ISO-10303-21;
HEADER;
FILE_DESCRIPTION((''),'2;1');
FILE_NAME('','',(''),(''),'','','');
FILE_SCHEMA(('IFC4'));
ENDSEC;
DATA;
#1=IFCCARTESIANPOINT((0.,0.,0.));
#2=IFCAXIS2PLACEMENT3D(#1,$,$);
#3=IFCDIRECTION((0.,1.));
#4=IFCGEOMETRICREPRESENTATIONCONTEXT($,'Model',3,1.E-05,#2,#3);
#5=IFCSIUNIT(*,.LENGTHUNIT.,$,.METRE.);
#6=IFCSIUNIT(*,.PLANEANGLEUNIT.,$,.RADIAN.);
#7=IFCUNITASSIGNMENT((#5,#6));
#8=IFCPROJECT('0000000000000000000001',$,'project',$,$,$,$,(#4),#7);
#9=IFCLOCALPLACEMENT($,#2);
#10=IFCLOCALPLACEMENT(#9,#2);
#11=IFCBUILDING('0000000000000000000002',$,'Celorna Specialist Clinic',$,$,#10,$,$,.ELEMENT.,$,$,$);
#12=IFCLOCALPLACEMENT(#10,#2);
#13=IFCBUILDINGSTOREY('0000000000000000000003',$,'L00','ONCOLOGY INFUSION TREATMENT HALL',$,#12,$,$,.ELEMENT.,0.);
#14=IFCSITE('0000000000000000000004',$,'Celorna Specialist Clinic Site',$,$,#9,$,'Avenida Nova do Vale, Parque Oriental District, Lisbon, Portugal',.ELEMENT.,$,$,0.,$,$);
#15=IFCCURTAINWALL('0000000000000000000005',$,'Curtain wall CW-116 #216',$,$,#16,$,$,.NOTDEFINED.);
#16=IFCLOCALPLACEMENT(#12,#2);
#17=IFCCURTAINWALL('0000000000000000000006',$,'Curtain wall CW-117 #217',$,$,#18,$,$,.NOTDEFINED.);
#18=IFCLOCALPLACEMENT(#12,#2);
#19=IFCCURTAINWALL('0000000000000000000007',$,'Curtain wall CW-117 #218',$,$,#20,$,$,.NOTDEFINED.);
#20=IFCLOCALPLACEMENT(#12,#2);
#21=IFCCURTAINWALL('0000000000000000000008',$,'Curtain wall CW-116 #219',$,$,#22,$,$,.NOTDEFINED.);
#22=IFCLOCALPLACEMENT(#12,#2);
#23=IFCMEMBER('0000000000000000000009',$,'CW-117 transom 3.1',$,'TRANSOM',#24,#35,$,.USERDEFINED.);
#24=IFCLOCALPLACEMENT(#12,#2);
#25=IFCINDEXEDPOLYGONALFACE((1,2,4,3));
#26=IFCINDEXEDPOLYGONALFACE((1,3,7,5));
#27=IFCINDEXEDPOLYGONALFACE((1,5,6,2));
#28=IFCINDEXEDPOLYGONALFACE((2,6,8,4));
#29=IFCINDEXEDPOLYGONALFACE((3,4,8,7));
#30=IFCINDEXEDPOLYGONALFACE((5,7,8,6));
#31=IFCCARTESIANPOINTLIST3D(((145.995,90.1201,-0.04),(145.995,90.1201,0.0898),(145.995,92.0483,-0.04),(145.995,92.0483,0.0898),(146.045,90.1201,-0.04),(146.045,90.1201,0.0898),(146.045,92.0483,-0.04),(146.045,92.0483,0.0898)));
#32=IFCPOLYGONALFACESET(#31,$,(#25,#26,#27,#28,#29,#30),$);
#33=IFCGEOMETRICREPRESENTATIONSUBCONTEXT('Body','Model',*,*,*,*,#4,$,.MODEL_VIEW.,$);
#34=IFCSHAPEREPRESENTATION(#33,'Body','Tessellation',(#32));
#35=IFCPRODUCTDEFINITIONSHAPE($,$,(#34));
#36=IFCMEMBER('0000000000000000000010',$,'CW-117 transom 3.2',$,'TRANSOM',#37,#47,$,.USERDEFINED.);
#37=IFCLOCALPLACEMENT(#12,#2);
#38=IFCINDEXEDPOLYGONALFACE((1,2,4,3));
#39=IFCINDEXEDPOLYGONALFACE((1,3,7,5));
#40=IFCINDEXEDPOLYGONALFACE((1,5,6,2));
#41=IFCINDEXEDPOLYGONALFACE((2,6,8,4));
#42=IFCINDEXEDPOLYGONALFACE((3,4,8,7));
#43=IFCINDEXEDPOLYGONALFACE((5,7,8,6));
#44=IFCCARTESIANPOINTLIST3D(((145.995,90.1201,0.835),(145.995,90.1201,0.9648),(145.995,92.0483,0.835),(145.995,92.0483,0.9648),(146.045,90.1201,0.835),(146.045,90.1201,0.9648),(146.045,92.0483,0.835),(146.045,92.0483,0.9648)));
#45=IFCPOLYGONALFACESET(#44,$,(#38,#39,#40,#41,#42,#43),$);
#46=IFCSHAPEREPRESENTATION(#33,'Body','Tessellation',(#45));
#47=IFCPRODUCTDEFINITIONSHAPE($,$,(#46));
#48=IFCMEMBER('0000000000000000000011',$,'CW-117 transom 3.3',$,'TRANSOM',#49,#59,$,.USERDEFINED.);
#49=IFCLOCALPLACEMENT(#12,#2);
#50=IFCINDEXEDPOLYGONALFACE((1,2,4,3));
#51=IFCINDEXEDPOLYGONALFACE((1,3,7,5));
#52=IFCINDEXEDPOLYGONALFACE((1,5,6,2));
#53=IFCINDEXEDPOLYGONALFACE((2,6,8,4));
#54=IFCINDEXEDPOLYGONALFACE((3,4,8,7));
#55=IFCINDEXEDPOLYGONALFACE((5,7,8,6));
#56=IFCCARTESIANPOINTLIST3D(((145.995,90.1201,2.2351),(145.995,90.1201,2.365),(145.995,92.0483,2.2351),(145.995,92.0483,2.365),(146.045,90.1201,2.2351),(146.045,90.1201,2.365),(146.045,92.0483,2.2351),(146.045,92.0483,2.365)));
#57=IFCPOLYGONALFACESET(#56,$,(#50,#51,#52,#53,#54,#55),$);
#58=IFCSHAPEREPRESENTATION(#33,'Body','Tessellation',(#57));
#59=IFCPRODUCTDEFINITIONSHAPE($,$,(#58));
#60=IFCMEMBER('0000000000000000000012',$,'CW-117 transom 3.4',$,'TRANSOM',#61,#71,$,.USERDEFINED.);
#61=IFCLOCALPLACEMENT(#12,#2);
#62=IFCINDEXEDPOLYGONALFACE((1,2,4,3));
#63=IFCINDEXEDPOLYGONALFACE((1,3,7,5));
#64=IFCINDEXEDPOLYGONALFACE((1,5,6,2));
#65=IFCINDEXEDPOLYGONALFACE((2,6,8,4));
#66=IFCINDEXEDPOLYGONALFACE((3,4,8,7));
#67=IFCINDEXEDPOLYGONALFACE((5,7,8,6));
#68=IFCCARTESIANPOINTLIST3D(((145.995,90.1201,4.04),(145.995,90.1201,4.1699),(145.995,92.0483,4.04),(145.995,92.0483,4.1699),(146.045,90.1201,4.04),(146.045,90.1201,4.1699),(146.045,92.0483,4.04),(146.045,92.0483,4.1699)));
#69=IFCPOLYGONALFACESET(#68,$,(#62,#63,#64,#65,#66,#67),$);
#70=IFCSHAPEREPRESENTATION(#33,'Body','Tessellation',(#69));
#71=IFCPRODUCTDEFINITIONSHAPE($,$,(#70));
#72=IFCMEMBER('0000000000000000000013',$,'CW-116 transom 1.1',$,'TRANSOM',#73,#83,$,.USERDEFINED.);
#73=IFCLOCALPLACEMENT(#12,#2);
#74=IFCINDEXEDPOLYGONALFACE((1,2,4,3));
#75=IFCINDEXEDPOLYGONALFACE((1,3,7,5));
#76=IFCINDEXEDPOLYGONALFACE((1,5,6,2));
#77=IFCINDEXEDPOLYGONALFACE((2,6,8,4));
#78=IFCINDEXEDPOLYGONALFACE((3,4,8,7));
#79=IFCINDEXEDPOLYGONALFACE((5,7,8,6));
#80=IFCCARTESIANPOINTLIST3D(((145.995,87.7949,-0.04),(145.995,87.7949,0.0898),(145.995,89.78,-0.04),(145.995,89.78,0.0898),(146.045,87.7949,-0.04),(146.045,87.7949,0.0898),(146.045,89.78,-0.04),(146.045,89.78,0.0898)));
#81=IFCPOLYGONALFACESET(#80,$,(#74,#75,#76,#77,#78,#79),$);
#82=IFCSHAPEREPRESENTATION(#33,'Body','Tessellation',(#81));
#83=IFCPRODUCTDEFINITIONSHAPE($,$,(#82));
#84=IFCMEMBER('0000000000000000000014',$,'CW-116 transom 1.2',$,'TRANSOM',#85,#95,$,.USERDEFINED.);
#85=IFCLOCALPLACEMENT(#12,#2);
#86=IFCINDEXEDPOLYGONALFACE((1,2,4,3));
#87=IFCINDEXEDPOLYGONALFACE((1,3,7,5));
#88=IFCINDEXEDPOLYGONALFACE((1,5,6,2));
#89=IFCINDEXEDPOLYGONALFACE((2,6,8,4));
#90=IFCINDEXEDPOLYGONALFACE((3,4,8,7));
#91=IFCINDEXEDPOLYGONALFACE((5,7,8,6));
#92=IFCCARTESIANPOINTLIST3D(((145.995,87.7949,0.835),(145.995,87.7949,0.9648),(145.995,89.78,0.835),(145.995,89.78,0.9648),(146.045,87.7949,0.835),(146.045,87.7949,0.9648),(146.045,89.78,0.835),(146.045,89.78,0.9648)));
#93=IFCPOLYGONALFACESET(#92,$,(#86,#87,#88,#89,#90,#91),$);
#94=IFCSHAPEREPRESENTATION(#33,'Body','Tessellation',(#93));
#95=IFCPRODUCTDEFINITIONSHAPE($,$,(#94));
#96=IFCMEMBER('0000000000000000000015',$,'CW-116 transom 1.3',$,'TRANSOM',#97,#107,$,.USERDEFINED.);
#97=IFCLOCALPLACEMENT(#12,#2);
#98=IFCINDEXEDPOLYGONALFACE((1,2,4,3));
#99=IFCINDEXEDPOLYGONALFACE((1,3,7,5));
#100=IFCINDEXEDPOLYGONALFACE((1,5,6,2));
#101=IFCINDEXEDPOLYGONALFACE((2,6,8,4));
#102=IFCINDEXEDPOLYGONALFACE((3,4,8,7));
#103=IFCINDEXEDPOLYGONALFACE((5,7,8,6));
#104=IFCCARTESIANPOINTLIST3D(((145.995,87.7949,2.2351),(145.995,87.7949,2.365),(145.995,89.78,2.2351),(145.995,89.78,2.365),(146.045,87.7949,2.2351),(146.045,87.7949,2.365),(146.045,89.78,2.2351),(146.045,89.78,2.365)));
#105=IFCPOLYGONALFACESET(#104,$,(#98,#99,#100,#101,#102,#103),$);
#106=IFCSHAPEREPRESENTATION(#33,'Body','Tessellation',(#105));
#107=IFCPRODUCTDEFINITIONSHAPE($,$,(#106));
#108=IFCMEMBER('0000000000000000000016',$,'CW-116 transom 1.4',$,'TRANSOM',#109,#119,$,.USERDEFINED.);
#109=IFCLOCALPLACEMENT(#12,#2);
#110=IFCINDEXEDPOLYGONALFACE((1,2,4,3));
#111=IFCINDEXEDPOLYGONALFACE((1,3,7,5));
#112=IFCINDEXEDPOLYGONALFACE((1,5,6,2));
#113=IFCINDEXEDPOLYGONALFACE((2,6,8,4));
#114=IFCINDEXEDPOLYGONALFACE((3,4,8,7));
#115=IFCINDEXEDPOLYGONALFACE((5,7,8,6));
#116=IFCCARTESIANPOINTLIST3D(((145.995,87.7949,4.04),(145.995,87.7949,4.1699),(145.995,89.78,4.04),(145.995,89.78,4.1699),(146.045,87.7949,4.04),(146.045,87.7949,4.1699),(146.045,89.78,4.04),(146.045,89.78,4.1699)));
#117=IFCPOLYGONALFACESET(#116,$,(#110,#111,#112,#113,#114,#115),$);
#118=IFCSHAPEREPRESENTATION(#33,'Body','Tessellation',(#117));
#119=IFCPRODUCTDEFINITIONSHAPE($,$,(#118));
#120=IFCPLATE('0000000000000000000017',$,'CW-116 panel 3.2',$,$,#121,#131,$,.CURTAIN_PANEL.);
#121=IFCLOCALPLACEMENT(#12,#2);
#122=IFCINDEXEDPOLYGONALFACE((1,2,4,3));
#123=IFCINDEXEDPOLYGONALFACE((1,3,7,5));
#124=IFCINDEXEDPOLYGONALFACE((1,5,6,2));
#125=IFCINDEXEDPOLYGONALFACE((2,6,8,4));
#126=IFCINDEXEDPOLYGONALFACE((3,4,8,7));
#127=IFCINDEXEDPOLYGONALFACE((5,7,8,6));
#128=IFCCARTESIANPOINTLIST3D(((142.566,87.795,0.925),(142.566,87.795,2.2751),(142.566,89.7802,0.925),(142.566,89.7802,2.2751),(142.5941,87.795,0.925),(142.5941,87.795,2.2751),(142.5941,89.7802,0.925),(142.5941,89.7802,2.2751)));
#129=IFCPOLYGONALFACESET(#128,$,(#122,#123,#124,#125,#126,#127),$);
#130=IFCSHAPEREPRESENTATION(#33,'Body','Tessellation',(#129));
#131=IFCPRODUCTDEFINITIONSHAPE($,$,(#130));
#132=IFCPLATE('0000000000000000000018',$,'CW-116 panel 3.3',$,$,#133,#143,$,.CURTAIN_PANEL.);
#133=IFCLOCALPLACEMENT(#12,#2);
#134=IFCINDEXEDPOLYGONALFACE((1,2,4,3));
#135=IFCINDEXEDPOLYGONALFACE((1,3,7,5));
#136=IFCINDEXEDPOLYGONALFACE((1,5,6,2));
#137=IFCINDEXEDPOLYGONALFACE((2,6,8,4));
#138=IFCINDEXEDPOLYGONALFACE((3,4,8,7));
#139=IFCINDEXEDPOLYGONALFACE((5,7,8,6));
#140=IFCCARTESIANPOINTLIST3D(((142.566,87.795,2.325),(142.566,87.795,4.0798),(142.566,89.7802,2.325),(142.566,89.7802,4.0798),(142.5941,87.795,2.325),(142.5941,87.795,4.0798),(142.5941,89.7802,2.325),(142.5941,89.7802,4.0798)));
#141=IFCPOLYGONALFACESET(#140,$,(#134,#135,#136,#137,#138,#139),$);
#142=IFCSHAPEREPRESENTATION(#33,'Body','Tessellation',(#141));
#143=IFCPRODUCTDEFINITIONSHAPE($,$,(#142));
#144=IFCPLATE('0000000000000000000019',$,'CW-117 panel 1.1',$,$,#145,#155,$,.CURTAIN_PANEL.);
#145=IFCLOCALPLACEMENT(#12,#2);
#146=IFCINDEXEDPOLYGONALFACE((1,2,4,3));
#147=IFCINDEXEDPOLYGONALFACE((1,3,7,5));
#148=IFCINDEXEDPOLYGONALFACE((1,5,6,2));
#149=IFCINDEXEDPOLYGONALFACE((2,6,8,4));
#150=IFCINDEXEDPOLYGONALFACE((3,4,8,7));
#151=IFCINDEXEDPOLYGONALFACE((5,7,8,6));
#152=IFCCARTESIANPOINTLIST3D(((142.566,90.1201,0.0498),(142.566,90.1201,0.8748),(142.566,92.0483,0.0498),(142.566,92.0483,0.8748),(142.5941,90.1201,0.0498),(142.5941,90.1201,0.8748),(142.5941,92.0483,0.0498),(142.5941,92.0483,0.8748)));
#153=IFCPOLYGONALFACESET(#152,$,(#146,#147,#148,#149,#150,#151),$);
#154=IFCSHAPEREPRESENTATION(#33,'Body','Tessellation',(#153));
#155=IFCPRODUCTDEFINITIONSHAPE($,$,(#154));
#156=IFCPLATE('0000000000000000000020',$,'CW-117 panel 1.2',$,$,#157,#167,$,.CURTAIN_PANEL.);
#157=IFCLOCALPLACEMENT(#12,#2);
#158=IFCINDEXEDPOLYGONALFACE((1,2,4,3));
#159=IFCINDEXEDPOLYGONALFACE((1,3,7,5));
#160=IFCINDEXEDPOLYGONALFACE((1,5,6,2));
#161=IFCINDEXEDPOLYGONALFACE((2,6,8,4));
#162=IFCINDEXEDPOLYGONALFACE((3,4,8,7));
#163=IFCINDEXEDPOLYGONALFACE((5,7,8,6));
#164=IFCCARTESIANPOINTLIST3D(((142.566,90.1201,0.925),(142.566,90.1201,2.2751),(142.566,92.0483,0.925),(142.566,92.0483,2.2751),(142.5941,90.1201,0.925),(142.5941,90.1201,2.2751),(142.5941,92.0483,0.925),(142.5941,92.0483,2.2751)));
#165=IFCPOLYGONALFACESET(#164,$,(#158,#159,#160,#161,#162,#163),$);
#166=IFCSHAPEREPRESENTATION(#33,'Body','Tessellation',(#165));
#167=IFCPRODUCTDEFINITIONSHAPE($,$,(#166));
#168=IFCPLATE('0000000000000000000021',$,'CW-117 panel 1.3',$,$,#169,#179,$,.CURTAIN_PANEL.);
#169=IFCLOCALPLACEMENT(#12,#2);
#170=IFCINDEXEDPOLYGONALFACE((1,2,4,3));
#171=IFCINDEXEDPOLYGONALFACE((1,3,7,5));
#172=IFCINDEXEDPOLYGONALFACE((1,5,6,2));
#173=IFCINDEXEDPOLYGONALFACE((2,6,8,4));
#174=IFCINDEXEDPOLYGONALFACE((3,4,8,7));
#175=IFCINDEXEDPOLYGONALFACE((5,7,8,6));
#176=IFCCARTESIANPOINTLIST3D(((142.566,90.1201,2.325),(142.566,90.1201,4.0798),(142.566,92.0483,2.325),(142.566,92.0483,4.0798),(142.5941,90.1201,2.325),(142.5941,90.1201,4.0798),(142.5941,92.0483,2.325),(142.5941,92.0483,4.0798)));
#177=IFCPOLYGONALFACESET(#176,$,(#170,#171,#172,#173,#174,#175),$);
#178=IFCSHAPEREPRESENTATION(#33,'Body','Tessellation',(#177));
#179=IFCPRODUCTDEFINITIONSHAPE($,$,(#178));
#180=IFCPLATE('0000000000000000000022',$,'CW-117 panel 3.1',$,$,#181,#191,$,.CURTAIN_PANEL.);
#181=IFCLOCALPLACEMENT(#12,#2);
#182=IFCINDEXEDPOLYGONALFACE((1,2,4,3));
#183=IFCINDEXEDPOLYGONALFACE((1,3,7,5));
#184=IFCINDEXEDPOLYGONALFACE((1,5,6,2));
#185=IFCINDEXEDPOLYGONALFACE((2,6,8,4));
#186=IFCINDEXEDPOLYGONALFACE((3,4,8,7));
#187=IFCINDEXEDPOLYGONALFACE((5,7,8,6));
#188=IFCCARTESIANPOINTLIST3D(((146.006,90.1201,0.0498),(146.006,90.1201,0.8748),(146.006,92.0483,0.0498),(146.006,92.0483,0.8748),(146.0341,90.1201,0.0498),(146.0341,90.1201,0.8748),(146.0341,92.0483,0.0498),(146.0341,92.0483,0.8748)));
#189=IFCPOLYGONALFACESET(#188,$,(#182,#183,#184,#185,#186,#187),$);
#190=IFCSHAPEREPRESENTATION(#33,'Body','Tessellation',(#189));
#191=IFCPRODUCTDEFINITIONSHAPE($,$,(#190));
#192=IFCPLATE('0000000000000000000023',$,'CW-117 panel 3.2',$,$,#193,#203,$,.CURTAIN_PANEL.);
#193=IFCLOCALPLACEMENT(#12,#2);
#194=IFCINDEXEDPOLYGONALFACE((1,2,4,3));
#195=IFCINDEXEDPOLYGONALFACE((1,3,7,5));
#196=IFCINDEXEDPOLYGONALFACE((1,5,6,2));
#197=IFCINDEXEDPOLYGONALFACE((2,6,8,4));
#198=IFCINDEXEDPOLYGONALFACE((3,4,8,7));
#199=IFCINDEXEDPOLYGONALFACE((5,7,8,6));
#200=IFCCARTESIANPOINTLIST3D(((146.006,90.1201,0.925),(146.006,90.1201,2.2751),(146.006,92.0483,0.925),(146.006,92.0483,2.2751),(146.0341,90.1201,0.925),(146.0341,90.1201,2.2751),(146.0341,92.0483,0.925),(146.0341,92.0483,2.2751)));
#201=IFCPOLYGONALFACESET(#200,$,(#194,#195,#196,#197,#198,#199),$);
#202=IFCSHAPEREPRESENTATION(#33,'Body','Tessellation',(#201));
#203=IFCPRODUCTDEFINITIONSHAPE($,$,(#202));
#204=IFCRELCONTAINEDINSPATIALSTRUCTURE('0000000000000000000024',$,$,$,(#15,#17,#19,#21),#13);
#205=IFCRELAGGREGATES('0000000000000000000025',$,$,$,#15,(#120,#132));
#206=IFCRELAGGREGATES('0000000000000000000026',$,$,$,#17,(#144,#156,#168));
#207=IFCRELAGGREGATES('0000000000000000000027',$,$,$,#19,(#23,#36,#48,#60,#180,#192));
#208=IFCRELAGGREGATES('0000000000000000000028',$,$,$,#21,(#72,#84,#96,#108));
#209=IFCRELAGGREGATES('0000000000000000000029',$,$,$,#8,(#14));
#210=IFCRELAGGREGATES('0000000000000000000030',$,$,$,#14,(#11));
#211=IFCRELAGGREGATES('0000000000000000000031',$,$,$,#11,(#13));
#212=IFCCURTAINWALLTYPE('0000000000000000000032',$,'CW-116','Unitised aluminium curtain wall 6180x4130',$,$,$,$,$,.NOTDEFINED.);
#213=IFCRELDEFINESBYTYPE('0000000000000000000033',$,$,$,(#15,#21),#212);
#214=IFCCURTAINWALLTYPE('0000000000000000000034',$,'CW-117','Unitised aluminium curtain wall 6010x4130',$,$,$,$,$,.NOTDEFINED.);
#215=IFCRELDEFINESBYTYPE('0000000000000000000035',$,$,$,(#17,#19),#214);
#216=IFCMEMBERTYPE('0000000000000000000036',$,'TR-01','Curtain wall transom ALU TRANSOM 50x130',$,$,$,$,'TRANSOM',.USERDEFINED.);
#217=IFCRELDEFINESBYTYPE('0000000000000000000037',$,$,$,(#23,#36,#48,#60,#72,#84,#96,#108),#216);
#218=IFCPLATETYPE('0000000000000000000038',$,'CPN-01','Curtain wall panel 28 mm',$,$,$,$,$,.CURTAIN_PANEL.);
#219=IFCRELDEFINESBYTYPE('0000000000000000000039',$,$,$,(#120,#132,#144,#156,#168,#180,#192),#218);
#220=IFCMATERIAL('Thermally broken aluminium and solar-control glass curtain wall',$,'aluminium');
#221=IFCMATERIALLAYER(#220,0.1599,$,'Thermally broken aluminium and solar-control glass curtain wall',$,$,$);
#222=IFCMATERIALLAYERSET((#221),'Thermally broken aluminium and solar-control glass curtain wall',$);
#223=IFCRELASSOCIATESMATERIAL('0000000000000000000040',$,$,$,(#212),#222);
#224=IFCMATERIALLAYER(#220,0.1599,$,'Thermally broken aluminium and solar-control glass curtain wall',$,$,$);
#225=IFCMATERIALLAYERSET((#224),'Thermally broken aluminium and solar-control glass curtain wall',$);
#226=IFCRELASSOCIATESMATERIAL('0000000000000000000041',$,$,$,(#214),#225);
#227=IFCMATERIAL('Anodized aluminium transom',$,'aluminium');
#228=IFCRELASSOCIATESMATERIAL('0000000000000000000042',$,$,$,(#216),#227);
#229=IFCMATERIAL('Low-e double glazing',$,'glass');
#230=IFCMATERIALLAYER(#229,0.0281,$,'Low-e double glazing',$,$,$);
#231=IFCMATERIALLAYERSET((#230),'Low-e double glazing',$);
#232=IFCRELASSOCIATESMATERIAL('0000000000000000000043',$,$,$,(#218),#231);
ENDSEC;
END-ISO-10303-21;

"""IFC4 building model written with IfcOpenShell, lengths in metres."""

from ifc_helpers import new_model, si_unit, direction, frame, origin, origin_2d, place, context, subcontext, project, spatial, rectangle, extrude, material, layer, layer_set, material_profile, profile_set, type_object, element, aggregate, save


model = new_model("IFC4")

# Units and contexts
model_context = context("Model", 3, precision=1e-05, world=origin(), true_north=direction((0.0, 1.0)))
body_context = subcontext(model_context, "Body", "Model", "MODEL_VIEW")
ifc_project = project(units=[si_unit("LENGTHUNIT", "METRE"), si_unit("PLANEANGLEUNIT", "RADIAN")], contexts=[model_context])

# Site, building, storey
site_placement = place(None, origin())
site = spatial("IfcSite", under=ifc_project, at=site_placement, Name="Celorna Specialist Clinic Site", LongName="Avenida Nova do Vale, Parque Oriental District, Lisbon, Portugal", CompositionType="ELEMENT", RefElevation=0.0)
building_placement = place(site_placement, origin())
building = spatial("IfcBuilding", under=site, at=building_placement, Name="Celorna Specialist Clinic", CompositionType="ELEMENT")
storey_placement = place(building_placement, origin())
storey = spatial("IfcBuildingStorey", under=building, at=storey_placement, Name="L00", Description="ONCOLOGY INFUSION TREATMENT HALL", CompositionType="ELEMENT", Elevation=0.0)

# Curtain walls
ifc_material_1 = material(Name="Thermally broken aluminium and solar-control glass curtain wall", Category="aluminium")
ifc_layer_1 = layer(ifc_material_1, 0.1599, Name="Thermally broken aluminium and solar-control glass curtain wall")
ifc_layer_set_1 = layer_set([ifc_layer_1], Name="Thermally broken aluminium and solar-control glass curtain wall")
curtain_wall_type_1 = type_object("IfcCurtainWallType", Name="CW-116", Description="Unitised aluminium curtain wall 6180x4130", PredefinedType="NOTDEFINED", material=ifc_layer_set_1)
curtain_wall_1_placement = place(storey_placement, origin())
curtain_wall_1 = element("IfcCurtainWall", 1, at=curtain_wall_1_placement, inside=storey, type_object=curtain_wall_type_1, Name="Curtain wall CW-116 #216", PredefinedType="NOTDEFINED")
ifc_layer_2 = layer(ifc_material_1, 0.1599, Name="Thermally broken aluminium and solar-control glass curtain wall")
ifc_layer_set_2 = layer_set([ifc_layer_2], Name="Thermally broken aluminium and solar-control glass curtain wall")
curtain_wall_type_2 = type_object("IfcCurtainWallType", Name="CW-117", Description="Unitised aluminium curtain wall 6010x4130", PredefinedType="NOTDEFINED", material=ifc_layer_set_2)
curtain_wall_2_placement = place(storey_placement, origin())
curtain_wall_2 = element("IfcCurtainWall", 2, at=curtain_wall_2_placement, inside=storey, type_object=curtain_wall_type_2, Name="Curtain wall CW-117 #217", PredefinedType="NOTDEFINED")
curtain_wall_3_placement = place(storey_placement, origin())
curtain_wall_3 = element("IfcCurtainWall", 3, at=curtain_wall_3_placement, inside=storey, type_object=curtain_wall_type_2, Name="Curtain wall CW-117 #218", PredefinedType="NOTDEFINED")
curtain_wall_4_placement = place(storey_placement, origin())
curtain_wall_4 = element("IfcCurtainWall", 4, at=curtain_wall_4_placement, inside=storey, type_object=curtain_wall_type_1, Name="Curtain wall CW-116 #219", PredefinedType="NOTDEFINED")

# Members
ifc_material_2 = material(Name="Anodized aluminium transom", Category="aluminium")
ifc_material_profile_1 = material_profile(ifc_material_2, rectangle(XDim=0.05, YDim=0.1299, at=origin_2d()), Name="ALU TRANSOM 50x130")
ifc_profile_set_1 = profile_set([ifc_material_profile_1], Name="Anodized aluminium transom")
member_type_1 = type_object("IfcMemberType", Name="TR-01", Description="Curtain wall transom ALU TRANSOM 50x130", ElementType="TRANSOM", PredefinedType="USERDEFINED", material=ifc_profile_set_1)
member_1_placement = place(storey_placement, frame((146.02, 92.0483, 0.0249), z_axis=(0.0, -1.0, 0.0), x_axis=(1.0, 0.0, 0.0)))
member_1 = element("IfcMember", 5, at=member_1_placement, type_object=member_type_1, Name="CW-117 transom 3.1", ObjectType="TRANSOM", PredefinedType="USERDEFINED", context=body_context, shape_type="SweptSolid", body=[
    extrude(rectangle(XDim=0.05, YDim=0.1299, at=origin_2d()), origin(), (0.0, 0.0, 1.0), 1.9282),
])
member_2_placement = place(storey_placement, frame((146.02, 92.0483, 0.8999), z_axis=(0.0, -1.0, 0.0), x_axis=(1.0, 0.0, 0.0)))
member_2 = element("IfcMember", 6, at=member_2_placement, type_object=member_type_1, Name="CW-117 transom 3.2", ObjectType="TRANSOM", PredefinedType="USERDEFINED", context=body_context, shape_type="SweptSolid", body=[
    extrude(rectangle(XDim=0.05, YDim=0.1299, at=origin_2d()), origin(), (0.0, 0.0, 1.0), 1.9282),
])
member_3_placement = place(storey_placement, frame((146.02, 92.0483, 2.3), z_axis=(0.0, -1.0, 0.0), x_axis=(1.0, 0.0, 0.0)))
member_3 = element("IfcMember", 7, at=member_3_placement, type_object=member_type_1, Name="CW-117 transom 3.3", ObjectType="TRANSOM", PredefinedType="USERDEFINED", context=body_context, shape_type="SweptSolid", body=[
    extrude(rectangle(XDim=0.05, YDim=0.1299, at=origin_2d()), origin(), (0.0, 0.0, 1.0), 1.9282),
])
member_4_placement = place(storey_placement, frame((146.02, 92.0483, 4.105), z_axis=(0.0, -1.0, 0.0), x_axis=(1.0, 0.0, 0.0)))
member_4 = element("IfcMember", 8, at=member_4_placement, type_object=member_type_1, Name="CW-117 transom 3.4", ObjectType="TRANSOM", PredefinedType="USERDEFINED", context=body_context, shape_type="SweptSolid", body=[
    extrude(rectangle(XDim=0.05, YDim=0.1299, at=origin_2d()), origin(), (0.0, 0.0, 1.0), 1.9282),
])
member_5_placement = place(storey_placement, frame((146.02, 89.78, 0.0249), z_axis=(0.0, -1.0, 0.0), x_axis=(1.0, 0.0, 0.0)))
member_5 = element("IfcMember", 9, at=member_5_placement, type_object=member_type_1, Name="CW-116 transom 1.1", ObjectType="TRANSOM", PredefinedType="USERDEFINED", context=body_context, shape_type="SweptSolid", body=[
    extrude(rectangle(XDim=0.05, YDim=0.1299, at=origin_2d()), origin(), (0.0, 0.0, 1.0), 1.9851),
])
member_6_placement = place(storey_placement, frame((146.02, 89.78, 0.8999), z_axis=(0.0, -1.0, 0.0), x_axis=(1.0, 0.0, 0.0)))
member_6 = element("IfcMember", 10, at=member_6_placement, type_object=member_type_1, Name="CW-116 transom 1.2", ObjectType="TRANSOM", PredefinedType="USERDEFINED", context=body_context, shape_type="SweptSolid", body=[
    extrude(rectangle(XDim=0.05, YDim=0.1299, at=origin_2d()), origin(), (0.0, 0.0, 1.0), 1.9851),
])
member_7_placement = place(storey_placement, frame((146.02, 89.78, 2.3), z_axis=(0.0, -1.0, 0.0), x_axis=(1.0, 0.0, 0.0)))
member_7 = element("IfcMember", 11, at=member_7_placement, type_object=member_type_1, Name="CW-116 transom 1.3", ObjectType="TRANSOM", PredefinedType="USERDEFINED", context=body_context, shape_type="SweptSolid", body=[
    extrude(rectangle(XDim=0.05, YDim=0.1299, at=origin_2d()), origin(), (0.0, 0.0, 1.0), 1.9851),
])
member_8_placement = place(storey_placement, frame((146.02, 89.78, 4.105), z_axis=(0.0, -1.0, 0.0), x_axis=(1.0, 0.0, 0.0)))
member_8 = element("IfcMember", 12, at=member_8_placement, type_object=member_type_1, Name="CW-116 transom 1.4", ObjectType="TRANSOM", PredefinedType="USERDEFINED", context=body_context, shape_type="SweptSolid", body=[
    extrude(rectangle(XDim=0.05, YDim=0.1299, at=origin_2d()), origin(), (0.0, 0.0, 1.0), 1.9851),
])

# Plates
ifc_material_3 = material(Name="Low-e double glazing", Category="glass")
ifc_layer_3 = layer(ifc_material_3, 0.0281, Name="Low-e double glazing")
ifc_layer_set_3 = layer_set([ifc_layer_3], Name="Low-e double glazing")
plate_type_1 = type_object("IfcPlateType", Name="CPN-01", Description="Curtain wall panel 28 mm", PredefinedType="CURTAIN_PANEL", material=ifc_layer_set_3)
plate_1_placement = place(storey_placement, frame((142.5801, 88.7876, 0.925), z_axis=(0.0, 0.0, 1.0), x_axis=(0.0, 1.0, 0.0)))
plate_1 = element("IfcPlate", 13, at=plate_1_placement, type_object=plate_type_1, Name="CW-116 panel 3.2", PredefinedType="CURTAIN_PANEL", context=body_context, shape_type="SweptSolid", body=[
    extrude(rectangle(XDim=1.9851, YDim=0.0281, at=origin_2d()), origin(), (0.0, 0.0, 1.0), 1.3501),
])
plate_2_placement = place(storey_placement, frame((142.5801, 88.7876, 2.325), z_axis=(0.0, 0.0, 1.0), x_axis=(0.0, 1.0, 0.0)))
plate_2 = element("IfcPlate", 14, at=plate_2_placement, type_object=plate_type_1, Name="CW-116 panel 3.3", PredefinedType="CURTAIN_PANEL", context=body_context, shape_type="SweptSolid", body=[
    extrude(rectangle(XDim=1.9851, YDim=0.0281, at=origin_2d()), origin(), (0.0, 0.0, 1.0), 1.7549),
])
aggregate(curtain_wall_1, [plate_1, plate_2])
plate_3_placement = place(storey_placement, frame((142.5801, 91.0842, 0.0498), z_axis=(0.0, 0.0, 1.0), x_axis=(0.0, 1.0, 0.0)))
plate_3 = element("IfcPlate", 15, at=plate_3_placement, type_object=plate_type_1, Name="CW-117 panel 1.1", PredefinedType="CURTAIN_PANEL", context=body_context, shape_type="SweptSolid", body=[
    extrude(rectangle(XDim=1.9282, YDim=0.0281, at=origin_2d()), origin(), (0.0, 0.0, 1.0), 0.825),
])
plate_4_placement = place(storey_placement, frame((142.5801, 91.0842, 0.925), z_axis=(0.0, 0.0, 1.0), x_axis=(0.0, 1.0, 0.0)))
plate_4 = element("IfcPlate", 16, at=plate_4_placement, type_object=plate_type_1, Name="CW-117 panel 1.2", PredefinedType="CURTAIN_PANEL", context=body_context, shape_type="SweptSolid", body=[
    extrude(rectangle(XDim=1.9282, YDim=0.0281, at=origin_2d()), origin(), (0.0, 0.0, 1.0), 1.3501),
])
plate_5_placement = place(storey_placement, frame((142.5801, 91.0842, 2.325), z_axis=(0.0, 0.0, 1.0), x_axis=(0.0, 1.0, 0.0)))
plate_5 = element("IfcPlate", 17, at=plate_5_placement, type_object=plate_type_1, Name="CW-117 panel 1.3", PredefinedType="CURTAIN_PANEL", context=body_context, shape_type="SweptSolid", body=[
    extrude(rectangle(XDim=1.9282, YDim=0.0281, at=origin_2d()), origin(), (0.0, 0.0, 1.0), 1.7549),
])
aggregate(curtain_wall_2, [plate_3, plate_4, plate_5])
plate_6_placement = place(storey_placement, frame((146.02, 91.0842, 0.0498), z_axis=(0.0, 0.0, 1.0), x_axis=(0.0, -1.0, 0.0)))
plate_6 = element("IfcPlate", 18, at=plate_6_placement, type_object=plate_type_1, Name="CW-117 panel 3.1", PredefinedType="CURTAIN_PANEL", context=body_context, shape_type="SweptSolid", body=[
    extrude(rectangle(XDim=1.9282, YDim=0.0281, at=origin_2d()), origin(), (0.0, 0.0, 1.0), 0.825),
])
plate_7_placement = place(storey_placement, frame((146.02, 91.0842, 0.925), z_axis=(0.0, 0.0, 1.0), x_axis=(0.0, -1.0, 0.0)))
plate_7 = element("IfcPlate", 19, at=plate_7_placement, type_object=plate_type_1, Name="CW-117 panel 3.2", PredefinedType="CURTAIN_PANEL", context=body_context, shape_type="SweptSolid", body=[
    extrude(rectangle(XDim=1.9282, YDim=0.0281, at=origin_2d()), origin(), (0.0, 0.0, 1.0), 1.3501),
])
aggregate(curtain_wall_3, [member_1, member_2, member_3, member_4, plate_6, plate_7])
aggregate(curtain_wall_4, [member_5, member_6, member_7, member_8])

save(model, "model.ifc")
